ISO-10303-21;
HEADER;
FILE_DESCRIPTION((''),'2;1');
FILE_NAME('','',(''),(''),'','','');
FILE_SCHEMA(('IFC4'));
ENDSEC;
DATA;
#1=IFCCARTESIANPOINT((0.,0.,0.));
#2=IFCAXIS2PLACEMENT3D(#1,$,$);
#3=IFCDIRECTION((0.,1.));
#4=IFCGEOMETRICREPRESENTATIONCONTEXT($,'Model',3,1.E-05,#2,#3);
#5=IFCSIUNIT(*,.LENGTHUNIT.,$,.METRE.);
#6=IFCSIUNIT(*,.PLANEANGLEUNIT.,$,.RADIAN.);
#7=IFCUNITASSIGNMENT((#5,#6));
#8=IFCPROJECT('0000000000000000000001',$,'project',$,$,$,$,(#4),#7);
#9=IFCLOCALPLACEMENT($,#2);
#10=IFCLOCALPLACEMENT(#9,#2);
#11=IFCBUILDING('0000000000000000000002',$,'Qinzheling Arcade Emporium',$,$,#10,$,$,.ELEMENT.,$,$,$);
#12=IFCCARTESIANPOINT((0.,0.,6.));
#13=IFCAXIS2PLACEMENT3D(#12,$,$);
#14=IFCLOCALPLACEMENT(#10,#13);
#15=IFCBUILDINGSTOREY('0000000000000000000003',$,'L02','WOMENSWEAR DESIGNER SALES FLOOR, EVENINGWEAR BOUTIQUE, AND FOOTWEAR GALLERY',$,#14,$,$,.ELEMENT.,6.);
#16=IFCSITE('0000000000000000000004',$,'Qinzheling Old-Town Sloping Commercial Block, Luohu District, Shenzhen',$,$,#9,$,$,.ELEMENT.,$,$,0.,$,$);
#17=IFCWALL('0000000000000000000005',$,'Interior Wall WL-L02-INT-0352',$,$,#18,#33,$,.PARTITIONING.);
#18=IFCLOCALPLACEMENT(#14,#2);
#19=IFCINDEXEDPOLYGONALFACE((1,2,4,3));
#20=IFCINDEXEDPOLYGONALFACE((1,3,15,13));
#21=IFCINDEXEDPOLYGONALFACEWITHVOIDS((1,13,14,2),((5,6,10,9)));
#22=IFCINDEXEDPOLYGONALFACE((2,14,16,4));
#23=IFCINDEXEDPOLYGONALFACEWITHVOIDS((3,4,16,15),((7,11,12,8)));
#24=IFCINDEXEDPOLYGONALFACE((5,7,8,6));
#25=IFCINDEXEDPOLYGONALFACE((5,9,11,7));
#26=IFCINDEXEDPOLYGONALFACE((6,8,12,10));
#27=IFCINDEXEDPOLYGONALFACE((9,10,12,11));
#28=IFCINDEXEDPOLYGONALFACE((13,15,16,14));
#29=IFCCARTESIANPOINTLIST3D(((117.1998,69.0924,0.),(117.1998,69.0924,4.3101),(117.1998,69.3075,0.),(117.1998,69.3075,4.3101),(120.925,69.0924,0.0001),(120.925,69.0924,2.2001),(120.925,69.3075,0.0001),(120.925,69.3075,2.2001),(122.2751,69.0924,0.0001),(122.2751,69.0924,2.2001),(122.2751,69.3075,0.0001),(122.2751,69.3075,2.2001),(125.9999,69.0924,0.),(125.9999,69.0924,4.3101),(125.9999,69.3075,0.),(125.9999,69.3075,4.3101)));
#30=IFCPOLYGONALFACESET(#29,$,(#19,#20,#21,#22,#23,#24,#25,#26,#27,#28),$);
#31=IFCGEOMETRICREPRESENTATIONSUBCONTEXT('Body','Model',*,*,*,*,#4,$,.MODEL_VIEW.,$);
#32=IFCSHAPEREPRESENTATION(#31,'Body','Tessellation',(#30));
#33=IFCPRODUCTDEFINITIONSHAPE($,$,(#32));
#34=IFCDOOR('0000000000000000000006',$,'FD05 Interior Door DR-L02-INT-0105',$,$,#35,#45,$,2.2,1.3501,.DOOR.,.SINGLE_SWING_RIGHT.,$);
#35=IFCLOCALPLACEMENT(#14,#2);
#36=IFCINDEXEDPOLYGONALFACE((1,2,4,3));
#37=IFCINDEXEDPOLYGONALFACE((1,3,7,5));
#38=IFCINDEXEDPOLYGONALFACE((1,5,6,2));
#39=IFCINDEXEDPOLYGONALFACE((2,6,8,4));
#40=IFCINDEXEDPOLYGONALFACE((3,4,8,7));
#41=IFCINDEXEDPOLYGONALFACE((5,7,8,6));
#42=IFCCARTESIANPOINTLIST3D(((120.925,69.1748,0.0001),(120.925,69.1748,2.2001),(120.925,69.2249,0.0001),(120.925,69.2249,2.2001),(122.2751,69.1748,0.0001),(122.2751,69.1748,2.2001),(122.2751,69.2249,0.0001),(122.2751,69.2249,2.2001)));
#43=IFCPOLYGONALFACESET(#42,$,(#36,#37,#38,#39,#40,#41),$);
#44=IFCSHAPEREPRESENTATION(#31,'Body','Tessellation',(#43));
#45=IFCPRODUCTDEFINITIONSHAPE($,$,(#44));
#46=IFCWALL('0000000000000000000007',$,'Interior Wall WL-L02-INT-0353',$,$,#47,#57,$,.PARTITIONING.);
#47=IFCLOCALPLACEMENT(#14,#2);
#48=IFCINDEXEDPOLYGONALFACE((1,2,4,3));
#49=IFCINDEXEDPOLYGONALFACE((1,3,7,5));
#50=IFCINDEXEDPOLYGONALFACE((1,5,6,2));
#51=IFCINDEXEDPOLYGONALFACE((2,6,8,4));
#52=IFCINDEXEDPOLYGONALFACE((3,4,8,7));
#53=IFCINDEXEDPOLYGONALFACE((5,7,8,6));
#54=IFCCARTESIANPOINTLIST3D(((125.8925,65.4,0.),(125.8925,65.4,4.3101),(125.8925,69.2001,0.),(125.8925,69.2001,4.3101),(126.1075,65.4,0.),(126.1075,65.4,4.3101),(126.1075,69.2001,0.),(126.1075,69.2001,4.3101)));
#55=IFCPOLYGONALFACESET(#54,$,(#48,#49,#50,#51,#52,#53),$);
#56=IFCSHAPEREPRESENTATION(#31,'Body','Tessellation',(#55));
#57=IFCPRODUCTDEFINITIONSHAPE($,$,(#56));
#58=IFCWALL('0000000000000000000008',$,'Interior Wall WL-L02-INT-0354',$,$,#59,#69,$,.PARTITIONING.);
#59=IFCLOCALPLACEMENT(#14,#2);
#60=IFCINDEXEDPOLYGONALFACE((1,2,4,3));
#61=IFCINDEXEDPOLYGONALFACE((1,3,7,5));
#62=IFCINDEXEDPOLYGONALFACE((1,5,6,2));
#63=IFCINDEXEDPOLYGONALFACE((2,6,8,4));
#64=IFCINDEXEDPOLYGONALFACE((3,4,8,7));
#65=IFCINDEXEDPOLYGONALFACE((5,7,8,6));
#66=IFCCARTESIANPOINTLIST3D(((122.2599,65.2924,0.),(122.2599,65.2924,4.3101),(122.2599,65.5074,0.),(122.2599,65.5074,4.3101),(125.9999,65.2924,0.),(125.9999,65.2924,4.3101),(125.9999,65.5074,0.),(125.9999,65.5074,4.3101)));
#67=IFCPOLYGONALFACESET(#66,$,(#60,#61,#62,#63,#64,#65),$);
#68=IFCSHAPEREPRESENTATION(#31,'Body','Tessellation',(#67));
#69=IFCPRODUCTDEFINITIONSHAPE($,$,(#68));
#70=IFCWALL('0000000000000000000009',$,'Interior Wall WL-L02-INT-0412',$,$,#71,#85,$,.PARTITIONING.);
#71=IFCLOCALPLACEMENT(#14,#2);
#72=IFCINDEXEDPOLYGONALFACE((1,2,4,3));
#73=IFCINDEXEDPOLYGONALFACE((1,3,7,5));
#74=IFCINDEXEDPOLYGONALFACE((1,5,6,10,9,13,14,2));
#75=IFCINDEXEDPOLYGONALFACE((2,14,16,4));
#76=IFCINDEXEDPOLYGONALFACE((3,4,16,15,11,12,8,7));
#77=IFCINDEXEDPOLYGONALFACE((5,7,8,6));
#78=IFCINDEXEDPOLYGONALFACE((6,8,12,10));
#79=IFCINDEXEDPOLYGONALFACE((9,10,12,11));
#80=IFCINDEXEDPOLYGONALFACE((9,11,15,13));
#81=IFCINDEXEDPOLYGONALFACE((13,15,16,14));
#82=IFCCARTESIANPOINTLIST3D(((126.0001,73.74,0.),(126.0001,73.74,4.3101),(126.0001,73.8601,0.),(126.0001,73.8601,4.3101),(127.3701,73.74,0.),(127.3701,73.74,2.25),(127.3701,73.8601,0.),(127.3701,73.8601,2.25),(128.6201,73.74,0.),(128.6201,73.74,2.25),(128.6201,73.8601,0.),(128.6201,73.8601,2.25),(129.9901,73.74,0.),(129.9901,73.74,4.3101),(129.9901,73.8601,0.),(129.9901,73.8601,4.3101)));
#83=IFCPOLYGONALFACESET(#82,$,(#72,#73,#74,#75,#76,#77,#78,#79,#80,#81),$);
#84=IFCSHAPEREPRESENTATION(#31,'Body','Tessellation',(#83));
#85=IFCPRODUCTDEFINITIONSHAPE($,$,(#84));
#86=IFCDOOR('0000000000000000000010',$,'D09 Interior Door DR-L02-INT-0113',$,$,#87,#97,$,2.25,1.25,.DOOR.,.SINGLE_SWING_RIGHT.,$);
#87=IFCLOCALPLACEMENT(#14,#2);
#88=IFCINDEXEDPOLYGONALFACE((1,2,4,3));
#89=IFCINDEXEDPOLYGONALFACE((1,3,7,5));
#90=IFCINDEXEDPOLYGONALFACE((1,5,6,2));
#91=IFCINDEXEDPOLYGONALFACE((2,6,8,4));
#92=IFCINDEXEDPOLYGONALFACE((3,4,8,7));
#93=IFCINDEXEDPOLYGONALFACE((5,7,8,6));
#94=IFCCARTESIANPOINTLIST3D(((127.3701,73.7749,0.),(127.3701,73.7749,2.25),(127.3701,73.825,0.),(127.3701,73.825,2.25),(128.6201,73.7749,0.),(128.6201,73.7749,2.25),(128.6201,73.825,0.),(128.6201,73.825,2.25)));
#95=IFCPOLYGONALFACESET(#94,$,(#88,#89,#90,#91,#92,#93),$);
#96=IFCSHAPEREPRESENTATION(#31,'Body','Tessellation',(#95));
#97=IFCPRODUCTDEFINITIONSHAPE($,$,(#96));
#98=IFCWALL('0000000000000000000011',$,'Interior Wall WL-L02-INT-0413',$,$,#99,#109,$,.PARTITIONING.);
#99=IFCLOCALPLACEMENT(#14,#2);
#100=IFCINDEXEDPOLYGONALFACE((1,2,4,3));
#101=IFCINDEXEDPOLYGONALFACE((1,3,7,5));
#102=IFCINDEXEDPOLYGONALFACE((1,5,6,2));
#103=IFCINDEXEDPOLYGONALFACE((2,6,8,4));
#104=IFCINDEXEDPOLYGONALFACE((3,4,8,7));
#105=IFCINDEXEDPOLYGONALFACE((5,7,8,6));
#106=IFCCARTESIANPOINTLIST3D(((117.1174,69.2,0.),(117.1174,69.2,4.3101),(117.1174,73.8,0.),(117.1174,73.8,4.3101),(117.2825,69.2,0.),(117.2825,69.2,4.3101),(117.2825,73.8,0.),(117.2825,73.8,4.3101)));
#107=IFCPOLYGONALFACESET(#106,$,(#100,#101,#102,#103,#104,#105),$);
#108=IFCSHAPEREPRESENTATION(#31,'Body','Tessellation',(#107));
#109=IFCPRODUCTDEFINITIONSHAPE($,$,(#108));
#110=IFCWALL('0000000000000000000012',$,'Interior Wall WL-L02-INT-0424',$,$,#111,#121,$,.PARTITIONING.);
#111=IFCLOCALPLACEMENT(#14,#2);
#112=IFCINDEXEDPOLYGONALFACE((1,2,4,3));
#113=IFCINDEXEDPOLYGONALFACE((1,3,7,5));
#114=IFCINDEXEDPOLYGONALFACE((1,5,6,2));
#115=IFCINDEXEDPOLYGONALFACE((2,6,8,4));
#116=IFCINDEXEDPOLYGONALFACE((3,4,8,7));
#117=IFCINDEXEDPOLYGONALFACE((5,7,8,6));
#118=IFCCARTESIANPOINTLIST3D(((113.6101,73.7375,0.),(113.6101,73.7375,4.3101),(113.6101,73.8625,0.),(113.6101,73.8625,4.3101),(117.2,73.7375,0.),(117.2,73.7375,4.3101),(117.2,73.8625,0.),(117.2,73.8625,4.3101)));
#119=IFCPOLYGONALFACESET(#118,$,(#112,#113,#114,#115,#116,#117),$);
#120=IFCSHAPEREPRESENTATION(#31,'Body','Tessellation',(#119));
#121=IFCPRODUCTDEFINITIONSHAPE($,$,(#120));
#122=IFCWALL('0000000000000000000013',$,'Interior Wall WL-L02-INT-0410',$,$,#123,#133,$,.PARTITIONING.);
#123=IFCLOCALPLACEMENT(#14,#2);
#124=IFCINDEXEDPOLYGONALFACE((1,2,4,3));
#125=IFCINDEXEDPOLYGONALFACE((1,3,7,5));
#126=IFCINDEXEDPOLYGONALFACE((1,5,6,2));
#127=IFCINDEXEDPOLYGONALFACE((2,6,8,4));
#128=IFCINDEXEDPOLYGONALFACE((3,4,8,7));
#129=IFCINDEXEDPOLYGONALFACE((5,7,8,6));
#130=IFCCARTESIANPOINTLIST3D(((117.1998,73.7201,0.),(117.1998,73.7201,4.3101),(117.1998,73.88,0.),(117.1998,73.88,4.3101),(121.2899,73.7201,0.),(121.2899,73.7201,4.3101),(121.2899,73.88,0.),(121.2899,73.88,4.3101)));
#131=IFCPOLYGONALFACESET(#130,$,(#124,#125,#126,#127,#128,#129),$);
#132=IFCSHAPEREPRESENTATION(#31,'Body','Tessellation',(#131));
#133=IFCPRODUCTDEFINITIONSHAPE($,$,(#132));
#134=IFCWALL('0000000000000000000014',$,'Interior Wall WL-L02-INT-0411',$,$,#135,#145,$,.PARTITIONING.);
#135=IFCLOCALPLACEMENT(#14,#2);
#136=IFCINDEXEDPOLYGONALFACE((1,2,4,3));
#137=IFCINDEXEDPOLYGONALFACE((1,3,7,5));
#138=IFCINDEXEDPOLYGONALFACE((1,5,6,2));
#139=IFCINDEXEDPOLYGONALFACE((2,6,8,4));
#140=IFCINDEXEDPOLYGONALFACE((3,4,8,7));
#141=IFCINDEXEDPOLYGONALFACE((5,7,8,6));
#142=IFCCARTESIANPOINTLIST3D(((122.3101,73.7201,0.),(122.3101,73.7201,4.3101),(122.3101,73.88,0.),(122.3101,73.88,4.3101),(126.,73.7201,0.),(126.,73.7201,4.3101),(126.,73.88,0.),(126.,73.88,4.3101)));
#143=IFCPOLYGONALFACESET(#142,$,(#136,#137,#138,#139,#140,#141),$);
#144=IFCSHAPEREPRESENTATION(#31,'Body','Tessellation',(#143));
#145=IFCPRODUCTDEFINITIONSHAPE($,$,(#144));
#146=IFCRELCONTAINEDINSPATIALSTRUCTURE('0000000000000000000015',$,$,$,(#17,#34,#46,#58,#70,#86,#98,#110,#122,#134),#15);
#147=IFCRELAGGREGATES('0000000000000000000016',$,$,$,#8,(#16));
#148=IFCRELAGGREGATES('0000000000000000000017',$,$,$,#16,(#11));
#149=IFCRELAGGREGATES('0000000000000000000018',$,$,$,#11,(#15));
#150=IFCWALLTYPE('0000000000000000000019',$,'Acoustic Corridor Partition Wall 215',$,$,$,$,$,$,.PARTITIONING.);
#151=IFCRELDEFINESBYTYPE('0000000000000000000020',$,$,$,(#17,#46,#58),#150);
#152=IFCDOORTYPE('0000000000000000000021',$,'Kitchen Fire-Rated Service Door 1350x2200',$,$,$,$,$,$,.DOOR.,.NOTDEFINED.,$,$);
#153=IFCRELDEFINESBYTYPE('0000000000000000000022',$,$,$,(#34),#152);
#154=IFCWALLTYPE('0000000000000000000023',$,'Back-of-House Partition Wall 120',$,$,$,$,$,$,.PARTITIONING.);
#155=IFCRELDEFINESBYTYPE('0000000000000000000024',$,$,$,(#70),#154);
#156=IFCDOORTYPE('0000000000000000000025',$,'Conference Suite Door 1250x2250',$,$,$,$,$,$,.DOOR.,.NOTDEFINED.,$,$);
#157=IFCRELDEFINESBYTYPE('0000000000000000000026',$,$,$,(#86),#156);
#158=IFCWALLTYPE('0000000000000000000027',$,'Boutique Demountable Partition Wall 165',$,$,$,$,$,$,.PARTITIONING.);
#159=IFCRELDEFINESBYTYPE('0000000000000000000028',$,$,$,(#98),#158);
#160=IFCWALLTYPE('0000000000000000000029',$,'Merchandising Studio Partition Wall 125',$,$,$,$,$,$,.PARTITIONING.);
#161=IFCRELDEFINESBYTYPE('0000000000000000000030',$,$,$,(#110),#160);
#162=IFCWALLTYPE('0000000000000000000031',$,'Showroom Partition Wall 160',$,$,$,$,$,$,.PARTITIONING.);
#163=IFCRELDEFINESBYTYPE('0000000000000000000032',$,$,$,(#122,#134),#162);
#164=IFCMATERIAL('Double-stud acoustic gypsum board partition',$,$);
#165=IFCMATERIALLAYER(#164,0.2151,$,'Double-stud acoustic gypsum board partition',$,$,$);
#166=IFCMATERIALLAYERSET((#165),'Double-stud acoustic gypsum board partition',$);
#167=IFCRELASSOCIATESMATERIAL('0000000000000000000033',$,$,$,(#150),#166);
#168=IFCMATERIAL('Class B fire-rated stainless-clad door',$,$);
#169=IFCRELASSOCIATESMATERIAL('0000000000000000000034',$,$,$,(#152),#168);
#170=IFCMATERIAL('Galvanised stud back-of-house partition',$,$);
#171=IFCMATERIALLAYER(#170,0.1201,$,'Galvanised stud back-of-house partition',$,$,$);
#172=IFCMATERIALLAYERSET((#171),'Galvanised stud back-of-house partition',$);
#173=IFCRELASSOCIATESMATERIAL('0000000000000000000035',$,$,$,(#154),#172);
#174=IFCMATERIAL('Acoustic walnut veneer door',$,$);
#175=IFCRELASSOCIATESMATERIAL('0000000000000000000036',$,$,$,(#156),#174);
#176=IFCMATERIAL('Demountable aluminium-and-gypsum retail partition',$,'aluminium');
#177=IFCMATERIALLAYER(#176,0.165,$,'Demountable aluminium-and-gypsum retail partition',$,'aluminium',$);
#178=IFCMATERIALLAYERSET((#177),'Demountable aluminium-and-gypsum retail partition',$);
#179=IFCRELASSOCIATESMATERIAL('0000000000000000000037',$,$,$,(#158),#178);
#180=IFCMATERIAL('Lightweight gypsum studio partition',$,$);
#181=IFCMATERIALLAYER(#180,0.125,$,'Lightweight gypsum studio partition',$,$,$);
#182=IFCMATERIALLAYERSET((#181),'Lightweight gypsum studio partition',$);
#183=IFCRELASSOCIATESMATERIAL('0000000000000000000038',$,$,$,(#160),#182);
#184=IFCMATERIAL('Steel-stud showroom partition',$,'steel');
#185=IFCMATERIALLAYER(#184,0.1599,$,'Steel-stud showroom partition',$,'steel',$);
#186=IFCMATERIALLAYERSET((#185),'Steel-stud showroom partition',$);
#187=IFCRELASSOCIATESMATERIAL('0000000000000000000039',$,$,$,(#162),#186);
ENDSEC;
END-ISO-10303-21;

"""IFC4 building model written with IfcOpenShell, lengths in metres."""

from ifc_helpers import new_model, si_unit, direction, frame, frame_2d, origin, place, context, subcontext, project, spatial, rectangle, extrude, material, layer, layer_set, type_object, element, fill, save


model = new_model("IFC4")

# Units and contexts
model_context = context("Model", 3, precision=1e-05, world=origin(), true_north=direction((0.0, 1.0)))
body_context = subcontext(model_context, "Body", "Model", "MODEL_VIEW")
ifc_project = project(units=[si_unit("LENGTHUNIT", "METRE"), si_unit("PLANEANGLEUNIT", "RADIAN")], contexts=[model_context])

# Site, building, storey
site_placement = place(None, origin())
site = spatial("IfcSite", under=ifc_project, at=site_placement, Name="Qinzheling Old-Town Sloping Commercial Block, Luohu District, Shenzhen", CompositionType="ELEMENT", RefElevation=0.0)
building_placement = place(site_placement, origin())
building = spatial("IfcBuilding", under=site, at=building_placement, Name="Qinzheling Arcade Emporium", CompositionType="ELEMENT")
storey_placement = place(building_placement, frame((0.0, 0.0, 6.0)))
storey = spatial("IfcBuildingStorey", under=building, at=storey_placement, Name="L02", Description="WOMENSWEAR DESIGNER SALES FLOOR, EVENINGWEAR BOUTIQUE, AND FOOTWEAR GALLERY", CompositionType="ELEMENT", Elevation=6.0)

# Wall, opening, door
ifc_material_1 = material(Name="Double-stud acoustic gypsum board partition")
ifc_layer_1 = layer(ifc_material_1, 0.2151, Name="Double-stud acoustic gypsum board partition")
ifc_layer_set_1 = layer_set([ifc_layer_1], Name="Double-stud acoustic gypsum board partition")
wall_type_1 = type_object("IfcWallType", Name="Acoustic Corridor Partition Wall 215", PredefinedType="PARTITIONING", material=ifc_layer_set_1)
wall_1_placement = place(storey_placement, frame((117.2, 69.2, 0.0), z_axis=(0.0, 0.0, 1.0), x_axis=(1.0, 0.0, 0.0)))
wall_1 = element("IfcWall", 1, at=wall_1_placement, inside=storey, type_object=wall_type_1, Name="Interior Wall WL-L02-INT-0352", PredefinedType="PARTITIONING", context=body_context, shape_type="SweptSolid", body=[
    extrude(rectangle(XDim=8.8, YDim=0.2151, at=frame_2d((4.3999, 0.0))), origin(), (0.0, 0.0, 1.0), 4.3101),
])
opening_1_placement = place(wall_1_placement, frame((3.7251, 0.0, 0.0)))
opening_1 = element("IfcOpeningElement", 2, at=opening_1_placement, cuts=wall_1, PredefinedType="OPENING", context=body_context, shape_type="SweptSolid", body=[
    extrude(rectangle(XDim=1.3501, YDim=2.2, at=frame_2d((0.675, 1.1001))), frame((0.0, 0.1177, 0.0), z_axis=(0.0, -1.0, 0.0), x_axis=(1.0, 0.0, 0.0)), (0.0, 0.0, 1.0), 0.2351),
])
ifc_material_2 = material(Name="Class B fire-rated stainless-clad door")
door_type_1 = type_object("IfcDoorType", Name="Kitchen Fire-Rated Service Door 1350x2200", OperationType="NOTDEFINED", PredefinedType="DOOR", material=ifc_material_2)
door_1_placement = place(opening_1_placement, origin())
door_1 = element("IfcDoor", 3, at=door_1_placement, inside=storey, type_object=door_type_1, Name="FD05 Interior Door DR-L02-INT-0105", OperationType="SINGLE_SWING_RIGHT", OverallHeight=2.2, OverallWidth=1.3501, PredefinedType="DOOR", context=body_context, shape_type="SweptSolid", body=[
    extrude(rectangle(XDim=1.3501, YDim=2.2, at=frame_2d((0.675, 1.1001))), frame((0.0, 0.0249, 0.0), z_axis=(0.0, -1.0, 0.0), x_axis=(1.0, 0.0, 0.0)), (0.0, 0.0, 1.0), 0.05),
])
fill(opening_1, door_1)

# Walls
wall_2_placement = place(storey_placement, frame((126.0, 69.2, 0.0), z_axis=(0.0, 0.0, 1.0), x_axis=(0.0, -1.0, 0.0)))
element("IfcWall", 4, at=wall_2_placement, inside=storey, type_object=wall_type_1, Name="Interior Wall WL-L02-INT-0353", PredefinedType="PARTITIONING", context=body_context, shape_type="SweptSolid", body=[
    extrude(rectangle(XDim=3.8, YDim=0.2151, at=frame_2d((1.8999, 0.0))), origin(), (0.0, 0.0, 1.0), 4.3101),
])
wall_3_placement = place(storey_placement, frame((126.0, 65.3999, 0.0), z_axis=(0.0, 0.0, 1.0), x_axis=(-1.0, 0.0, 0.0)))
element("IfcWall", 5, at=wall_3_placement, inside=storey, type_object=wall_type_1, Name="Interior Wall WL-L02-INT-0354", PredefinedType="PARTITIONING", context=body_context, shape_type="SweptSolid", body=[
    extrude(rectangle(XDim=3.74, YDim=0.2151, at=frame_2d((1.8701, 0.0))), origin(), (0.0, 0.0, 1.0), 4.3101),
])

# Wall, opening, door
ifc_material_3 = material(Name="Galvanised stud back-of-house partition")
ifc_layer_2 = layer(ifc_material_3, 0.1201, Name="Galvanised stud back-of-house partition")
ifc_layer_set_2 = layer_set([ifc_layer_2], Name="Galvanised stud back-of-house partition")
wall_type_2 = type_object("IfcWallType", Name="Back-of-House Partition Wall 120", PredefinedType="PARTITIONING", material=ifc_layer_set_2)
wall_4_placement = place(storey_placement, frame((126.0, 73.8, 0.0), z_axis=(0.0, 0.0, 1.0), x_axis=(1.0, 0.0, 0.0)))
wall_4 = element("IfcWall", 6, at=wall_4_placement, inside=storey, type_object=wall_type_2, Name="Interior Wall WL-L02-INT-0412", PredefinedType="PARTITIONING", context=body_context, shape_type="SweptSolid", body=[
    extrude(rectangle(XDim=3.99, YDim=0.1201, at=frame_2d((1.9951, 0.0))), origin(), (0.0, 0.0, 1.0), 4.3101),
])
opening_2_placement = place(wall_4_placement, frame((1.3701, 0.0, 0.0)))
opening_2 = element("IfcOpeningElement", 7, at=opening_2_placement, cuts=wall_4, PredefinedType="OPENING", context=body_context, shape_type="SweptSolid", body=[
    extrude(rectangle(XDim=1.25, YDim=2.25, at=frame_2d((0.625, 1.125))), frame((0.0, 0.0701, 0.0), z_axis=(0.0, -1.0, 0.0), x_axis=(1.0, 0.0, 0.0)), (0.0, 0.0, 1.0), 0.1401),
])
ifc_material_4 = material(Name="Acoustic walnut veneer door")
door_type_2 = type_object("IfcDoorType", Name="Conference Suite Door 1250x2250", OperationType="NOTDEFINED", PredefinedType="DOOR", material=ifc_material_4)
door_2_placement = place(opening_2_placement, origin())
door_2 = element("IfcDoor", 8, at=door_2_placement, inside=storey, type_object=door_type_2, Name="D09 Interior Door DR-L02-INT-0113", OperationType="SINGLE_SWING_RIGHT", OverallHeight=2.25, OverallWidth=1.25, PredefinedType="DOOR", context=body_context, shape_type="SweptSolid", body=[
    extrude(rectangle(XDim=1.25, YDim=2.25, at=frame_2d((0.625, 1.125))), frame((0.0, 0.0249, 0.0), z_axis=(0.0, -1.0, 0.0), x_axis=(1.0, 0.0, 0.0)), (0.0, 0.0, 1.0), 0.05),
])
fill(opening_2, door_2)

# Walls
ifc_material_5 = material(Name="Demountable aluminium-and-gypsum retail partition", Category="aluminium")
ifc_layer_3 = layer(ifc_material_5, 0.165, Name="Demountable aluminium-and-gypsum retail partition", Category="aluminium")
ifc_layer_set_3 = layer_set([ifc_layer_3], Name="Demountable aluminium-and-gypsum retail partition")
wall_type_3 = type_object("IfcWallType", Name="Boutique Demountable Partition Wall 165", PredefinedType="PARTITIONING", material=ifc_layer_set_3)
wall_5_placement = place(storey_placement, frame((117.2, 69.2, 0.0), z_axis=(0.0, 0.0, 1.0), x_axis=(0.0, 1.0, 0.0)))
element("IfcWall", 9, at=wall_5_placement, inside=storey, type_object=wall_type_3, Name="Interior Wall WL-L02-INT-0413", PredefinedType="PARTITIONING", context=body_context, shape_type="SweptSolid", body=[
    extrude(rectangle(XDim=4.6001, YDim=0.165, at=frame_2d((2.3, 0.0))), origin(), (0.0, 0.0, 1.0), 4.3101),
])
ifc_material_6 = material(Name="Lightweight gypsum studio partition")
ifc_layer_4 = layer(ifc_material_6, 0.125, Name="Lightweight gypsum studio partition")
ifc_layer_set_4 = layer_set([ifc_layer_4], Name="Lightweight gypsum studio partition")
wall_type_4 = type_object("IfcWallType", Name="Merchandising Studio Partition Wall 125", PredefinedType="PARTITIONING", material=ifc_layer_set_4)
wall_6_placement = place(storey_placement, frame((117.2, 73.8, 0.0), z_axis=(0.0, 0.0, 1.0), x_axis=(-1.0, 0.0, 0.0)))
element("IfcWall", 10, at=wall_6_placement, inside=storey, type_object=wall_type_4, Name="Interior Wall WL-L02-INT-0424", PredefinedType="PARTITIONING", context=body_context, shape_type="SweptSolid", body=[
    extrude(rectangle(XDim=3.5898, YDim=0.125, at=frame_2d((1.7949, 0.0))), origin(), (0.0, 0.0, 1.0), 4.3101),
])
ifc_material_7 = material(Name="Steel-stud showroom partition", Category="steel")
ifc_layer_5 = layer(ifc_material_7, 0.1599, Name="Steel-stud showroom partition", Category="steel")
ifc_layer_set_5 = layer_set([ifc_layer_5], Name="Steel-stud showroom partition")
wall_type_5 = type_object("IfcWallType", Name="Showroom Partition Wall 160", PredefinedType="PARTITIONING", material=ifc_layer_set_5)
wall_7_placement = place(storey_placement, frame((117.2, 73.8, 0.0), z_axis=(0.0, 0.0, 1.0), x_axis=(1.0, 0.0, 0.0)))
element("IfcWall", 11, at=wall_7_placement, inside=storey, type_object=wall_type_5, Name="Interior Wall WL-L02-INT-0410", PredefinedType="PARTITIONING", context=body_context, shape_type="SweptSolid", body=[
    extrude(rectangle(XDim=4.0901, YDim=0.1599, at=frame_2d((2.0449, 0.0))), origin(), (0.0, 0.0, 1.0), 4.3101),
])
wall_8_placement = place(storey_placement, frame((122.3101, 73.8, 0.0), z_axis=(0.0, 0.0, 1.0), x_axis=(1.0, 0.0, 0.0)))
element("IfcWall", 12, at=wall_8_placement, inside=storey, type_object=wall_type_5, Name="Interior Wall WL-L02-INT-0411", PredefinedType="PARTITIONING", context=body_context, shape_type="SweptSolid", body=[
    extrude(rectangle(XDim=3.6899, YDim=0.1599, at=frame_2d((1.845, 0.0))), origin(), (0.0, 0.0, 1.0), 4.3101),
])

save(model, "model.ifc")
